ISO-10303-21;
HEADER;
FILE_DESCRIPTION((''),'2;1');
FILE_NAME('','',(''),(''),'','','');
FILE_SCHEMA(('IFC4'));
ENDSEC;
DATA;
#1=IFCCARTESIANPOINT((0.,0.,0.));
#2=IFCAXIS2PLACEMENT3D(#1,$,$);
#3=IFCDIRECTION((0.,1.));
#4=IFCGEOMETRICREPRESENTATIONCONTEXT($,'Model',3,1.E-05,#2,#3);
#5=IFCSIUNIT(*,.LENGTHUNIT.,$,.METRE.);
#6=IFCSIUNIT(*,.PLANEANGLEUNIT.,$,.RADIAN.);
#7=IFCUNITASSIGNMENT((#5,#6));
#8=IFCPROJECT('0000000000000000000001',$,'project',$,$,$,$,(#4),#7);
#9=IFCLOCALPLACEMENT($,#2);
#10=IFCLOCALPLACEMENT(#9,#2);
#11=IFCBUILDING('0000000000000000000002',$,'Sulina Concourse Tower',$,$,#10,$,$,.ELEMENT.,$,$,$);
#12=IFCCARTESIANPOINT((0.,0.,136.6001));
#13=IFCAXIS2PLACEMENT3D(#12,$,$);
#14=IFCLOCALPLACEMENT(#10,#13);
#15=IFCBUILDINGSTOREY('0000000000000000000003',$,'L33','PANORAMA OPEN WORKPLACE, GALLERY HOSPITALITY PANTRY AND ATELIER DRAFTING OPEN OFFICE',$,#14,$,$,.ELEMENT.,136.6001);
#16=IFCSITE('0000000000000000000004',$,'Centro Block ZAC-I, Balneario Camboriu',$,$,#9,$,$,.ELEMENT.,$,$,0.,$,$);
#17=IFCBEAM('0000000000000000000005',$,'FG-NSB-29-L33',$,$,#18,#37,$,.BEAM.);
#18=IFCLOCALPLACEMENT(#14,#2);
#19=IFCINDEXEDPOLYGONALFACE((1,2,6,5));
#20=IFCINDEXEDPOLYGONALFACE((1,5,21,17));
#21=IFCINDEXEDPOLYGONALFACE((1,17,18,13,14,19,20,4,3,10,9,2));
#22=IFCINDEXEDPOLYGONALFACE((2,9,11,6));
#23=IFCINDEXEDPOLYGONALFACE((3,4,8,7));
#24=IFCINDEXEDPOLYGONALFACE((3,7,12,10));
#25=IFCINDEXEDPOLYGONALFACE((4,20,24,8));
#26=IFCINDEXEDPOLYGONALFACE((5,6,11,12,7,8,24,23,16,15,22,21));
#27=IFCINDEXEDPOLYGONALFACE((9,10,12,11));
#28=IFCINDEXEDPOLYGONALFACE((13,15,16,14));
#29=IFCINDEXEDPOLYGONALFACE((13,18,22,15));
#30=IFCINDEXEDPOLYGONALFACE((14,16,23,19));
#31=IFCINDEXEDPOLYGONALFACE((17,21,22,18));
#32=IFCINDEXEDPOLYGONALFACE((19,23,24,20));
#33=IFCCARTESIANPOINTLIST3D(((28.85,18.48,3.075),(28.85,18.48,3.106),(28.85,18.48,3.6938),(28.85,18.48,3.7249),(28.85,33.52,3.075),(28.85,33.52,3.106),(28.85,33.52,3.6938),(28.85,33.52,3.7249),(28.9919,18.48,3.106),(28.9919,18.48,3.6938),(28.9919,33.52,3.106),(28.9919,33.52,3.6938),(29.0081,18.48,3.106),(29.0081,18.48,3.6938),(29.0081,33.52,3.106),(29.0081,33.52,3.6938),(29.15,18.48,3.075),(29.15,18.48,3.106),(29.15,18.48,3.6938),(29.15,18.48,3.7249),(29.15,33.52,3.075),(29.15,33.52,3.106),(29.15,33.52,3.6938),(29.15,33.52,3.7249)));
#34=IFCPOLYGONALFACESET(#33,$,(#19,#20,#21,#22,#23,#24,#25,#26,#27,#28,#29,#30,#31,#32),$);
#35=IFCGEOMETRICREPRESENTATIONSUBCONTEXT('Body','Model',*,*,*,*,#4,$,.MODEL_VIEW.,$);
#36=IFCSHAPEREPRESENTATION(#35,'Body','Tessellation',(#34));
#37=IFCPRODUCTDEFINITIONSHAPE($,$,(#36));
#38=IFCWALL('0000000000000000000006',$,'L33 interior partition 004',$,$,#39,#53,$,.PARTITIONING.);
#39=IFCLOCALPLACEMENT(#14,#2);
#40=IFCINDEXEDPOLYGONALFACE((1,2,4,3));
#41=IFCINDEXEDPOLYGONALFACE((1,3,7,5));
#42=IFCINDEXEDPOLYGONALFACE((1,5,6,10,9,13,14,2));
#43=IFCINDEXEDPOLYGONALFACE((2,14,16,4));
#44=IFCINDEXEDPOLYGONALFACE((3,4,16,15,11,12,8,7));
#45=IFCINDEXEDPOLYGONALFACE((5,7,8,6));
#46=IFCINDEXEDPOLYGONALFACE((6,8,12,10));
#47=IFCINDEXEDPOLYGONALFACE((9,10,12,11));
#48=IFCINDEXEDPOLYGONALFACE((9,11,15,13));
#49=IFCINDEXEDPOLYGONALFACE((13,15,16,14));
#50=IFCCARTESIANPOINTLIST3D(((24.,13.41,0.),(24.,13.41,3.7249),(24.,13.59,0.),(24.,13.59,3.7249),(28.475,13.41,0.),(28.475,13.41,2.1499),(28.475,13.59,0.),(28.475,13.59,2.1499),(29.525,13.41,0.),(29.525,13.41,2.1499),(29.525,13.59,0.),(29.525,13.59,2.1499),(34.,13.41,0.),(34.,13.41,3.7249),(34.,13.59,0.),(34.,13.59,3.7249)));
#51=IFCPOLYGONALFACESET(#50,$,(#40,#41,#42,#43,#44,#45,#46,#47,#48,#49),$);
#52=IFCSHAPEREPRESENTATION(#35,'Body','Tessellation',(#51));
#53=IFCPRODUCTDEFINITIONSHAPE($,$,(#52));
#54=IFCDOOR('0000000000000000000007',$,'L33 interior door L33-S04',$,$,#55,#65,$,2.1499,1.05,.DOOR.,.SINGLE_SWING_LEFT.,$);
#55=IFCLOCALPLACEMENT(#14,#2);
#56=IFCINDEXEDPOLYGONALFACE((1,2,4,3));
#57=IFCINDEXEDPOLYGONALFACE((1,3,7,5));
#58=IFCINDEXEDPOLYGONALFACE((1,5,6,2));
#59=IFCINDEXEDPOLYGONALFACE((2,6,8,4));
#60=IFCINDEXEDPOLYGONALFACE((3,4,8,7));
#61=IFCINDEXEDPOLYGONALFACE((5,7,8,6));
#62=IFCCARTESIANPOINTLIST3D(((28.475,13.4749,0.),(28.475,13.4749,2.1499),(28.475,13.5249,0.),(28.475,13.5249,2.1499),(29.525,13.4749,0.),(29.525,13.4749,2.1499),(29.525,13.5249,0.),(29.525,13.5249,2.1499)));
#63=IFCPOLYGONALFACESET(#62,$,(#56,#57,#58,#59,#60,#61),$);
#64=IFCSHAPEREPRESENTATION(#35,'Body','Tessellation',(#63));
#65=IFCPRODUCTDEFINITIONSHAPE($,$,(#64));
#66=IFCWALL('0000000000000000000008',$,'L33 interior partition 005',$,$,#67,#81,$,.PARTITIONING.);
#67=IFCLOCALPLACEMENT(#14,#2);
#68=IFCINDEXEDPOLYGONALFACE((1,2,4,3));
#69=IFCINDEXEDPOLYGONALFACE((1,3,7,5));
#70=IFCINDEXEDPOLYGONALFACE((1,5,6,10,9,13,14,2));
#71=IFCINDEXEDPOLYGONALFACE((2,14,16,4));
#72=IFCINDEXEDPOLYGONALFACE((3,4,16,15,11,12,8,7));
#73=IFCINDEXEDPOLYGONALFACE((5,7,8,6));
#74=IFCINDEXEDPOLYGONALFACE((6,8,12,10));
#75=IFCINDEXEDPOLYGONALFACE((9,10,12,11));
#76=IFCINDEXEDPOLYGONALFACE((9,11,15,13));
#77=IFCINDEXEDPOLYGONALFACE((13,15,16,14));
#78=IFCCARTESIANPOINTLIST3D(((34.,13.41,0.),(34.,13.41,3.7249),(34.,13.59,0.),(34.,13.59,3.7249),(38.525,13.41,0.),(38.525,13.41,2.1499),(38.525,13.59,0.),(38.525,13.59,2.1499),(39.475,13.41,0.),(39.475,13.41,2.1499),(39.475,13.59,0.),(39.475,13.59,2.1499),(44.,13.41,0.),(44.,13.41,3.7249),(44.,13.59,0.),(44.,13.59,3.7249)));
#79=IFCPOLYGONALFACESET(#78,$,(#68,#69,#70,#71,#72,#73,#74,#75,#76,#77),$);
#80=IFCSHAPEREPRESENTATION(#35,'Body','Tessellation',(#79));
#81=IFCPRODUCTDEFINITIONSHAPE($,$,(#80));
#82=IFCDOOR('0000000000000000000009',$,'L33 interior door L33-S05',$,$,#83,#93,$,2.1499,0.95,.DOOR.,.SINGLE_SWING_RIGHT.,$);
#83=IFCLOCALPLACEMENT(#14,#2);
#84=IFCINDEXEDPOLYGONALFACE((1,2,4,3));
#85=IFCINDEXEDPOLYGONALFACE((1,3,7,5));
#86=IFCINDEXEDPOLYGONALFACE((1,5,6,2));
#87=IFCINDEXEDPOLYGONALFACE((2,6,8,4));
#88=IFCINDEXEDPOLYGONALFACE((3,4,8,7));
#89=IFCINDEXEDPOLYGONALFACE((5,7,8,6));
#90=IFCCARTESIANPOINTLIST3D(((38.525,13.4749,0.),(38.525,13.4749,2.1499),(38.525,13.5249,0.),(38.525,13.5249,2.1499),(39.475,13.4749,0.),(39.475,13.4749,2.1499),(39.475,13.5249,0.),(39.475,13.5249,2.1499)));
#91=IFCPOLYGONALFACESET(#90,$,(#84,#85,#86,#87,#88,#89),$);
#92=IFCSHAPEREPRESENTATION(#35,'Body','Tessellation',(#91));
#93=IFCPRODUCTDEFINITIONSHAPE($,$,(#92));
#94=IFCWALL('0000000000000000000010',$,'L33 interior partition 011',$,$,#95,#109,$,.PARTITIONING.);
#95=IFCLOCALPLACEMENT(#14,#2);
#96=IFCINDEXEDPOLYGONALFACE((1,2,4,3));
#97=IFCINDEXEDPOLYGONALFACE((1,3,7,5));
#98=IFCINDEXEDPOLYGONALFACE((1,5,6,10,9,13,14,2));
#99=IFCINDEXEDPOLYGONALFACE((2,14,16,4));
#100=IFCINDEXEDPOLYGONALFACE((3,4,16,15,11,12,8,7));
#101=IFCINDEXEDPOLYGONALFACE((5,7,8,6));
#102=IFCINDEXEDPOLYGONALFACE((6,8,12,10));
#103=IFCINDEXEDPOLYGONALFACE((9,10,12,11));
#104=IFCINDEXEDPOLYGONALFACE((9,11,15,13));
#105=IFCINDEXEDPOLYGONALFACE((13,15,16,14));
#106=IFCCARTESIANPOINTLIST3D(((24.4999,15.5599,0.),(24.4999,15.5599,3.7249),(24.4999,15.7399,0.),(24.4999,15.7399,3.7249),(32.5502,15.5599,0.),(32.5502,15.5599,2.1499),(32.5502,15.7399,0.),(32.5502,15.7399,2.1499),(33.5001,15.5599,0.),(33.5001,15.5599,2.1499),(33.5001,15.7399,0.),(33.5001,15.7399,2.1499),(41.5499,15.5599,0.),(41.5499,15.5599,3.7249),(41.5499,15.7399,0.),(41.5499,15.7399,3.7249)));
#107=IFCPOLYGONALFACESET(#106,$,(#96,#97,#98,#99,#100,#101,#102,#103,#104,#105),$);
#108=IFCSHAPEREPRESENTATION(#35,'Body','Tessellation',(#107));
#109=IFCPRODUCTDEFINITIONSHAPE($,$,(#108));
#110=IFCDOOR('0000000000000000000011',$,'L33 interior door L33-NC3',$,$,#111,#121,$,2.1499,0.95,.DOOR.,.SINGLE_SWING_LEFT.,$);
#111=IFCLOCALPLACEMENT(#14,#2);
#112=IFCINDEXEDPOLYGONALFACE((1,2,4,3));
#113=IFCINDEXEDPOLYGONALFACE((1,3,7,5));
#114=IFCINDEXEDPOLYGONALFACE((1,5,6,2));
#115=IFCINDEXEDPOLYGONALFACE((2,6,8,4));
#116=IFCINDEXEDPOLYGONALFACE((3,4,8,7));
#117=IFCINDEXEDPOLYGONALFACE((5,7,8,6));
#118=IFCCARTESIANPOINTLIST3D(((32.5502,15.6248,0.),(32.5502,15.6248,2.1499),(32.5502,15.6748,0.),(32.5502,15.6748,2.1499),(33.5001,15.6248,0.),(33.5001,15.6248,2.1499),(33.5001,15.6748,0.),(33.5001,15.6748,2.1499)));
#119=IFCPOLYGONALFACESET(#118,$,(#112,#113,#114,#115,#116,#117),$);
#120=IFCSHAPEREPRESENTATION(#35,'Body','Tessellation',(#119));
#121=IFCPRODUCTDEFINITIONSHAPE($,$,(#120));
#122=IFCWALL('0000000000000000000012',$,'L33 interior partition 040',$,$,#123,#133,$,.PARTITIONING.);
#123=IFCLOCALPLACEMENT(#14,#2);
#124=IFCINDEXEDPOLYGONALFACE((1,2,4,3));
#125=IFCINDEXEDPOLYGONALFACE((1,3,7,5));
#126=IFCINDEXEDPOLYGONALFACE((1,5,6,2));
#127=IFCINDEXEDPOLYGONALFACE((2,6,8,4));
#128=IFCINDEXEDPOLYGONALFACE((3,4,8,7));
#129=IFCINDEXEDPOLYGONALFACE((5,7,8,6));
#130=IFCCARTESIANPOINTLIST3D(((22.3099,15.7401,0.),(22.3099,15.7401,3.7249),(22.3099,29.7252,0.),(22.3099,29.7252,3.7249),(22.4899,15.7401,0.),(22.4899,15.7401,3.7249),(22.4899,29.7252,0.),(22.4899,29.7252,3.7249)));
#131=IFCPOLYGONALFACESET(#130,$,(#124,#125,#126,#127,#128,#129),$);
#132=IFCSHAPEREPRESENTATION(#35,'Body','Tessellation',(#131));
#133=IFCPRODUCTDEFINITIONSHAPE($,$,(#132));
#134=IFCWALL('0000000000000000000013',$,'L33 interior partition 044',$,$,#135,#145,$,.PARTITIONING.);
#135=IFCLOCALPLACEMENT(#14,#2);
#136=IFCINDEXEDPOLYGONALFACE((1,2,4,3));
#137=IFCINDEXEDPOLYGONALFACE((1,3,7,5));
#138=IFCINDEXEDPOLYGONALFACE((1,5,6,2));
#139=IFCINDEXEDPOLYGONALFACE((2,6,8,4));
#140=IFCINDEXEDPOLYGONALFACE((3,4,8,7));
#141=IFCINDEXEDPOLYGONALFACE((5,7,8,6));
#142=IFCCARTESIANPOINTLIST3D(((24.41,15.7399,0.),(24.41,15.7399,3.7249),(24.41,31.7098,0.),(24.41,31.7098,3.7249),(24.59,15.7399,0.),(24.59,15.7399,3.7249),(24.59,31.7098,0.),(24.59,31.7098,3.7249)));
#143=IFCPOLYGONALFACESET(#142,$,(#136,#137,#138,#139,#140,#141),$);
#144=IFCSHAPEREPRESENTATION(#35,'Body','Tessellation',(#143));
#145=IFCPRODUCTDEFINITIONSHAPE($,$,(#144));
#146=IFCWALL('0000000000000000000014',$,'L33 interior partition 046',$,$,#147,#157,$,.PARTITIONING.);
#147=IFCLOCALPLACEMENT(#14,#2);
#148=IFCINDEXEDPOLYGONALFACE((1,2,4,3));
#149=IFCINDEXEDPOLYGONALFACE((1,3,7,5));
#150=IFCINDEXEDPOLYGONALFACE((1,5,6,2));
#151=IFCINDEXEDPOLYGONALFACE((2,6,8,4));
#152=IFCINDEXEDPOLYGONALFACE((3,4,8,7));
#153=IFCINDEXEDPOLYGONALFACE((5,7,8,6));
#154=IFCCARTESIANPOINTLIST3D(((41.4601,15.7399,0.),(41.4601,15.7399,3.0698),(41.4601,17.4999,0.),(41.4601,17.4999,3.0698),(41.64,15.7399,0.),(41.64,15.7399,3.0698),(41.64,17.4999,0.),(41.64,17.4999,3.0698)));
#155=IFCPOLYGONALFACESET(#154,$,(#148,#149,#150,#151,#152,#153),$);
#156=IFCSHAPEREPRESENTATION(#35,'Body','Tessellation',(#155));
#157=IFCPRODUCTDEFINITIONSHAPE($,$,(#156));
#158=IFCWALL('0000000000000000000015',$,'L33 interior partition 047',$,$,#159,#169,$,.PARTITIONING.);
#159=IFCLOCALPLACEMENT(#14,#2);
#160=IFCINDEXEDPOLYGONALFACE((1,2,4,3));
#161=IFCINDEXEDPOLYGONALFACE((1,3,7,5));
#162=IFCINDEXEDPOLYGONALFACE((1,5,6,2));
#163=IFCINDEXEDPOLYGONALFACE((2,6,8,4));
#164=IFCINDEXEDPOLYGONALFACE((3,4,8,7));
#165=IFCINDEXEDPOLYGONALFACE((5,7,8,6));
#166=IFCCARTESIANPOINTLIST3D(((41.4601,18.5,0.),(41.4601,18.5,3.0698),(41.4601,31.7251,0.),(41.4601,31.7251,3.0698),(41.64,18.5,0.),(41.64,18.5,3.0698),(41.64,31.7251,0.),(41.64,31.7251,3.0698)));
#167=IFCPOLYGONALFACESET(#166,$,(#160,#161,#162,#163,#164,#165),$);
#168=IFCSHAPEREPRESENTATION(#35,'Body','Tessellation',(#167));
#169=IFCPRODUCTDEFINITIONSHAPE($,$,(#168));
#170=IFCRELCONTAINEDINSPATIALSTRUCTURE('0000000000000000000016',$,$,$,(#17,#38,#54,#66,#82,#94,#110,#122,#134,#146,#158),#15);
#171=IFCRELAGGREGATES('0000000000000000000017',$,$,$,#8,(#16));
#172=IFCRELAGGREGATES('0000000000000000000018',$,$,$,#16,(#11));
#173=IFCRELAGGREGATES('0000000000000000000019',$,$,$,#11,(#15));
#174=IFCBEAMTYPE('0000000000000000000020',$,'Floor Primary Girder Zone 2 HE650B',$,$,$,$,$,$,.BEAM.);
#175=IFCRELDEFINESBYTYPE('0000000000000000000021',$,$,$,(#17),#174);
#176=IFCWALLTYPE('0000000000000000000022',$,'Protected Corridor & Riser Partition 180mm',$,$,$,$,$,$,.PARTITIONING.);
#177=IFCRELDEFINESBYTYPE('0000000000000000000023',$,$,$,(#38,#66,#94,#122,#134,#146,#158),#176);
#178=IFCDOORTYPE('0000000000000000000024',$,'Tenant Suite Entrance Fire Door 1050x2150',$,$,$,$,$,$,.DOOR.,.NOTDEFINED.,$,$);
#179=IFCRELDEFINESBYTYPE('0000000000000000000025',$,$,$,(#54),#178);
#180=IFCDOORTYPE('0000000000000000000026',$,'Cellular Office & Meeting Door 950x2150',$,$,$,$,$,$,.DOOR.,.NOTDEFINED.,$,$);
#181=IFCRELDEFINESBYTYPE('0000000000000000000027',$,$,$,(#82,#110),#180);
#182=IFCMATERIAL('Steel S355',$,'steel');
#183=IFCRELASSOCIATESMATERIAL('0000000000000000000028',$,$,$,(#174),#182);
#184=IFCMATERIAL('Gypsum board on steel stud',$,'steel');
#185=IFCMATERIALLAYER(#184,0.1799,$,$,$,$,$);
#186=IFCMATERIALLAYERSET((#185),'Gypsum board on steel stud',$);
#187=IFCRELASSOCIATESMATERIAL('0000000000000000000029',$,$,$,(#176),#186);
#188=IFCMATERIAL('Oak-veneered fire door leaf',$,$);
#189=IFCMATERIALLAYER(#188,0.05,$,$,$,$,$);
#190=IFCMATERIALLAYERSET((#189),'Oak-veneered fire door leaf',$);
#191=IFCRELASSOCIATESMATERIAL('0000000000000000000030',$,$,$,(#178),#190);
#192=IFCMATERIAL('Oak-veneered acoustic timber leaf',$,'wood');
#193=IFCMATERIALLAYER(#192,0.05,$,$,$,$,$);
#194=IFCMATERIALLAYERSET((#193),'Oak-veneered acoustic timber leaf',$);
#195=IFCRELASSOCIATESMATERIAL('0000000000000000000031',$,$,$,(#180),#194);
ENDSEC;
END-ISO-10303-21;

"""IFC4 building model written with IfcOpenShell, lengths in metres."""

from ifc_helpers import new_model, si_unit, direction, frame, frame_2d, origin, origin_2d, place, context, subcontext, project, spatial, rectangle, i_section, extrude, material, layer, layer_set, material_profile, profile_set, type_object, element, fill, save


model = new_model("IFC4")

# Units and contexts
model_context = context("Model", 3, precision=1e-05, world=origin(), true_north=direction((0.0, 1.0)))
body_context = subcontext(model_context, "Body", "Model", "MODEL_VIEW")
ifc_project = project(units=[si_unit("LENGTHUNIT", "METRE"), si_unit("PLANEANGLEUNIT", "RADIAN")], contexts=[model_context])

# Site, building, storey
site_placement = place(None, origin())
site = spatial("IfcSite", under=ifc_project, at=site_placement, Name="Centro Block ZAC-I, Balneario Camboriu", CompositionType="ELEMENT", RefElevation=0.0)
building_placement = place(site_placement, origin())
building = spatial("IfcBuilding", under=site, at=building_placement, Name="Sulina Concourse Tower", CompositionType="ELEMENT")
storey_placement = place(building_placement, frame((0.0, 0.0, 136.6001)))
storey = spatial("IfcBuildingStorey", under=building, at=storey_placement, Name="L33", Description="PANORAMA OPEN WORKPLACE, GALLERY HOSPITALITY PANTRY AND ATELIER DRAFTING OPEN OFFICE", CompositionType="ELEMENT", Elevation=136.6001)

# Beam
ifc_material_1 = material(Name="Steel S355", Category="steel")
ifc_material_profile_1 = material_profile(ifc_material_1, i_section(OverallWidth=0.3, OverallDepth=0.6499, WebThickness=0.0161, FlangeThickness=0.031, at=origin_2d()), Name="HE 650 B")
ifc_profile_set_1 = profile_set([ifc_material_profile_1], Name="Steel S355")
beam_type_1 = type_object("IfcBeamType", Name="Floor Primary Girder Zone 2 HE650B", PredefinedType="BEAM", material=ifc_profile_set_1)
beam_1_placement = place(storey_placement, frame((29.0, 18.48, 3.3999), z_axis=(0.0, 1.0, 0.0), x_axis=(-1.0, 0.0, 0.0)))
element("IfcBeam", 1, at=beam_1_placement, inside=storey, type_object=beam_type_1, Name="FG-NSB-29-L33", PredefinedType="BEAM", context=body_context, shape_type="SweptSolid", body=[
    extrude(i_section(OverallWidth=0.3, OverallDepth=0.6499, WebThickness=0.0161, FlangeThickness=0.031, at=origin_2d()), origin(), (0.0, 0.0, 1.0), 15.04),
])

# Walls, openings, doors
ifc_material_2 = material(Name="Gypsum board on steel stud", Category="steel")
ifc_layer_1 = layer(ifc_material_2, 0.1799)
ifc_layer_set_1 = layer_set([ifc_layer_1], Name="Gypsum board on steel stud")
wall_type = type_object("IfcWallType", Name="Protected Corridor & Riser Partition 180mm", PredefinedType="PARTITIONING", material=ifc_layer_set_1)
wall_1_placement = place(storey_placement, frame((24.0, 13.5, 0.0), z_axis=(0.0, 0.0, 1.0), x_axis=(1.0, 0.0, 0.0)))
wall_1 = element("IfcWall", 2, at=wall_1_placement, inside=storey, type_object=wall_type, Name="L33 interior partition 004", PredefinedType="PARTITIONING", context=body_context, shape_type="SweptSolid", body=[
    extrude(rectangle(XDim=10.0, YDim=0.1799, at=frame_2d((5.0, 0.0))), origin(), (0.0, 0.0, 1.0), 3.7249),
])
opening_1_placement = place(wall_1_placement, frame((4.4751, 0.0, 0.0)))
opening_1 = element("IfcOpeningElement", 3, at=opening_1_placement, cuts=wall_1, PredefinedType="OPENING", context=body_context, shape_type="SweptSolid", body=[
    extrude(rectangle(XDim=1.05, YDim=2.1499, at=frame_2d((0.5249, 1.075))), frame((0.0, 0.0999, 0.0), z_axis=(0.0, -1.0, 0.0), x_axis=(1.0, 0.0, 0.0)), (0.0, 0.0, 1.0), 0.2),
])
ifc_material_3 = material(Name="Oak-veneered fire door leaf")
ifc_layer_2 = layer(ifc_material_3, 0.05)
ifc_layer_set_2 = layer_set([ifc_layer_2], Name="Oak-veneered fire door leaf")
door_type_1 = type_object("IfcDoorType", Name="Tenant Suite Entrance Fire Door 1050x2150", OperationType="NOTDEFINED", PredefinedType="DOOR", material=ifc_layer_set_2)
door_1_placement = place(opening_1_placement, origin())
door_1 = element("IfcDoor", 4, at=door_1_placement, inside=storey, type_object=door_type_1, Name="L33 interior door L33-S04", OperationType="SINGLE_SWING_LEFT", OverallHeight=2.1499, OverallWidth=1.05, PredefinedType="DOOR", context=body_context, shape_type="SweptSolid", body=[
    extrude(rectangle(XDim=1.05, YDim=2.1499, at=frame_2d((0.5249, 1.075))), frame((0.0, 0.0249, 0.0), z_axis=(0.0, -1.0, 0.0), x_axis=(1.0, 0.0, 0.0)), (0.0, 0.0, 1.0), 0.05),
])
fill(opening_1, door_1)
wall_2_placement = place(storey_placement, frame((34.0, 13.5, 0.0), z_axis=(0.0, 0.0, 1.0), x_axis=(1.0, 0.0, 0.0)))
wall_2 = element("IfcWall", 5, at=wall_2_placement, inside=storey, type_object=wall_type, Name="L33 interior partition 005", PredefinedType="PARTITIONING", context=body_context, shape_type="SweptSolid", body=[
    extrude(rectangle(XDim=10.0, YDim=0.1799, at=frame_2d((5.0, 0.0))), origin(), (0.0, 0.0, 1.0), 3.7249),
])
opening_2_placement = place(wall_2_placement, frame((4.5249, 0.0, 0.0)))
opening_2 = element("IfcOpeningElement", 6, at=opening_2_placement, cuts=wall_2, PredefinedType="OPENING", context=body_context, shape_type="SweptSolid", body=[
    extrude(rectangle(XDim=0.95, YDim=2.1499, at=frame_2d((0.4751, 1.075))), frame((0.0, 0.0999, 0.0), z_axis=(0.0, -1.0, 0.0), x_axis=(1.0, 0.0, 0.0)), (0.0, 0.0, 1.0), 0.2),
])
ifc_material_4 = material(Name="Oak-veneered acoustic timber leaf", Category="wood")
ifc_layer_3 = layer(ifc_material_4, 0.05)
ifc_layer_set_3 = layer_set([ifc_layer_3], Name="Oak-veneered acoustic timber leaf")
door_type_2 = type_object("IfcDoorType", Name="Cellular Office & Meeting Door 950x2150", OperationType="NOTDEFINED", PredefinedType="DOOR", material=ifc_layer_set_3)
door_2_placement = place(opening_2_placement, origin())
door_2 = element("IfcDoor", 7, at=door_2_placement, inside=storey, type_object=door_type_2, Name="L33 interior door L33-S05", OperationType="SINGLE_SWING_RIGHT", OverallHeight=2.1499, OverallWidth=0.95, PredefinedType="DOOR", context=body_context, shape_type="SweptSolid", body=[
    extrude(rectangle(XDim=0.95, YDim=2.1499, at=frame_2d((0.4751, 1.075))), frame((0.0, 0.0249, 0.0), z_axis=(0.0, -1.0, 0.0), x_axis=(1.0, 0.0, 0.0)), (0.0, 0.0, 1.0), 0.05),
])
fill(opening_2, door_2)
wall_3_placement = place(storey_placement, frame((24.5, 15.6499, 0.0), z_axis=(0.0, 0.0, 1.0), x_axis=(1.0, 0.0, 0.0)))
wall_3 = element("IfcWall", 8, at=wall_3_placement, inside=storey, type_object=wall_type, Name="L33 interior partition 011", PredefinedType="PARTITIONING", context=body_context, shape_type="SweptSolid", body=[
    extrude(rectangle(XDim=17.05, YDim=0.1799, at=frame_2d((8.5249, 0.0))), origin(), (0.0, 0.0, 1.0), 3.7249),
])
opening_3_placement = place(wall_3_placement, frame((8.05, 0.0, 0.0)))
opening_3 = element("IfcOpeningElement", 9, at=opening_3_placement, cuts=wall_3, PredefinedType="OPENING", context=body_context, shape_type="SweptSolid", body=[
    extrude(rectangle(XDim=0.95, YDim=2.1499, at=frame_2d((0.4751, 1.075))), frame((0.0, 0.0999, 0.0), z_axis=(0.0, -1.0, 0.0), x_axis=(1.0, 0.0, 0.0)), (0.0, 0.0, 1.0), 0.2),
])
door_3_placement = place(opening_3_placement, origin())
door_3 = element("IfcDoor", 10, at=door_3_placement, inside=storey, type_object=door_type_2, Name="L33 interior door L33-NC3", OperationType="SINGLE_SWING_LEFT", OverallHeight=2.1499, OverallWidth=0.95, PredefinedType="DOOR", context=body_context, shape_type="SweptSolid", body=[
    extrude(rectangle(XDim=0.95, YDim=2.1499, at=frame_2d((0.4751, 1.075))), frame((0.0, 0.0249, 0.0), z_axis=(0.0, -1.0, 0.0), x_axis=(1.0, 0.0, 0.0)), (0.0, 0.0, 1.0), 0.05),
])
fill(opening_3, door_3)

# Wall
wall_4_placement = place(storey_placement, frame((22.3999, 15.74, 0.0), z_axis=(0.0, 0.0, 1.0), x_axis=(0.0, 1.0, 0.0)))
element("IfcWall", 11, at=wall_4_placement, inside=storey, type_object=wall_type, Name="L33 interior partition 040", PredefinedType="PARTITIONING", context=body_context, shape_type="SweptSolid", body=[
    extrude(rectangle(XDim=13.9851, YDim=0.1799, at=frame_2d((6.9927, 0.0))), origin(), (0.0, 0.0, 1.0), 3.7249),
])

# Walls
wall_5_placement = place(storey_placement, frame((24.5, 15.74, 0.0), z_axis=(0.0, 0.0, 1.0), x_axis=(0.0, 1.0, 0.0)))
element("IfcWall", 12, at=wall_5_placement, inside=storey, type_object=wall_type, Name="L33 interior partition 044", PredefinedType="PARTITIONING", context=body_context, shape_type="SweptSolid", body=[
    extrude(rectangle(XDim=15.97, YDim=0.1799, at=frame_2d((7.9849, 0.0))), origin(), (0.0, 0.0, 1.0), 3.7249),
])
wall_6_placement = place(storey_placement, frame((41.55, 15.74, 0.0), z_axis=(0.0, 0.0, 1.0), x_axis=(0.0, 1.0, 0.0)))
element("IfcWall", 13, at=wall_6_placement, inside=storey, type_object=wall_type, Name="L33 interior partition 046", PredefinedType="PARTITIONING", context=body_context, shape_type="SweptSolid", body=[
    extrude(rectangle(XDim=1.76, YDim=0.1799, at=frame_2d((0.8799, 0.0))), origin(), (0.0, 0.0, 1.0), 3.0698),
])
wall_7_placement = place(storey_placement, frame((41.55, 18.5, 0.0), z_axis=(0.0, 0.0, 1.0), x_axis=(0.0, 1.0, 0.0)))
element("IfcWall", 14, at=wall_7_placement, inside=storey, type_object=wall_type, Name="L33 interior partition 047", PredefinedType="PARTITIONING", context=body_context, shape_type="SweptSolid", body=[
    extrude(rectangle(XDim=13.2251, YDim=0.1799, at=frame_2d((6.6125, 0.0))), origin(), (0.0, 0.0, 1.0), 3.0698),
])

save(model, "model.ifc")
